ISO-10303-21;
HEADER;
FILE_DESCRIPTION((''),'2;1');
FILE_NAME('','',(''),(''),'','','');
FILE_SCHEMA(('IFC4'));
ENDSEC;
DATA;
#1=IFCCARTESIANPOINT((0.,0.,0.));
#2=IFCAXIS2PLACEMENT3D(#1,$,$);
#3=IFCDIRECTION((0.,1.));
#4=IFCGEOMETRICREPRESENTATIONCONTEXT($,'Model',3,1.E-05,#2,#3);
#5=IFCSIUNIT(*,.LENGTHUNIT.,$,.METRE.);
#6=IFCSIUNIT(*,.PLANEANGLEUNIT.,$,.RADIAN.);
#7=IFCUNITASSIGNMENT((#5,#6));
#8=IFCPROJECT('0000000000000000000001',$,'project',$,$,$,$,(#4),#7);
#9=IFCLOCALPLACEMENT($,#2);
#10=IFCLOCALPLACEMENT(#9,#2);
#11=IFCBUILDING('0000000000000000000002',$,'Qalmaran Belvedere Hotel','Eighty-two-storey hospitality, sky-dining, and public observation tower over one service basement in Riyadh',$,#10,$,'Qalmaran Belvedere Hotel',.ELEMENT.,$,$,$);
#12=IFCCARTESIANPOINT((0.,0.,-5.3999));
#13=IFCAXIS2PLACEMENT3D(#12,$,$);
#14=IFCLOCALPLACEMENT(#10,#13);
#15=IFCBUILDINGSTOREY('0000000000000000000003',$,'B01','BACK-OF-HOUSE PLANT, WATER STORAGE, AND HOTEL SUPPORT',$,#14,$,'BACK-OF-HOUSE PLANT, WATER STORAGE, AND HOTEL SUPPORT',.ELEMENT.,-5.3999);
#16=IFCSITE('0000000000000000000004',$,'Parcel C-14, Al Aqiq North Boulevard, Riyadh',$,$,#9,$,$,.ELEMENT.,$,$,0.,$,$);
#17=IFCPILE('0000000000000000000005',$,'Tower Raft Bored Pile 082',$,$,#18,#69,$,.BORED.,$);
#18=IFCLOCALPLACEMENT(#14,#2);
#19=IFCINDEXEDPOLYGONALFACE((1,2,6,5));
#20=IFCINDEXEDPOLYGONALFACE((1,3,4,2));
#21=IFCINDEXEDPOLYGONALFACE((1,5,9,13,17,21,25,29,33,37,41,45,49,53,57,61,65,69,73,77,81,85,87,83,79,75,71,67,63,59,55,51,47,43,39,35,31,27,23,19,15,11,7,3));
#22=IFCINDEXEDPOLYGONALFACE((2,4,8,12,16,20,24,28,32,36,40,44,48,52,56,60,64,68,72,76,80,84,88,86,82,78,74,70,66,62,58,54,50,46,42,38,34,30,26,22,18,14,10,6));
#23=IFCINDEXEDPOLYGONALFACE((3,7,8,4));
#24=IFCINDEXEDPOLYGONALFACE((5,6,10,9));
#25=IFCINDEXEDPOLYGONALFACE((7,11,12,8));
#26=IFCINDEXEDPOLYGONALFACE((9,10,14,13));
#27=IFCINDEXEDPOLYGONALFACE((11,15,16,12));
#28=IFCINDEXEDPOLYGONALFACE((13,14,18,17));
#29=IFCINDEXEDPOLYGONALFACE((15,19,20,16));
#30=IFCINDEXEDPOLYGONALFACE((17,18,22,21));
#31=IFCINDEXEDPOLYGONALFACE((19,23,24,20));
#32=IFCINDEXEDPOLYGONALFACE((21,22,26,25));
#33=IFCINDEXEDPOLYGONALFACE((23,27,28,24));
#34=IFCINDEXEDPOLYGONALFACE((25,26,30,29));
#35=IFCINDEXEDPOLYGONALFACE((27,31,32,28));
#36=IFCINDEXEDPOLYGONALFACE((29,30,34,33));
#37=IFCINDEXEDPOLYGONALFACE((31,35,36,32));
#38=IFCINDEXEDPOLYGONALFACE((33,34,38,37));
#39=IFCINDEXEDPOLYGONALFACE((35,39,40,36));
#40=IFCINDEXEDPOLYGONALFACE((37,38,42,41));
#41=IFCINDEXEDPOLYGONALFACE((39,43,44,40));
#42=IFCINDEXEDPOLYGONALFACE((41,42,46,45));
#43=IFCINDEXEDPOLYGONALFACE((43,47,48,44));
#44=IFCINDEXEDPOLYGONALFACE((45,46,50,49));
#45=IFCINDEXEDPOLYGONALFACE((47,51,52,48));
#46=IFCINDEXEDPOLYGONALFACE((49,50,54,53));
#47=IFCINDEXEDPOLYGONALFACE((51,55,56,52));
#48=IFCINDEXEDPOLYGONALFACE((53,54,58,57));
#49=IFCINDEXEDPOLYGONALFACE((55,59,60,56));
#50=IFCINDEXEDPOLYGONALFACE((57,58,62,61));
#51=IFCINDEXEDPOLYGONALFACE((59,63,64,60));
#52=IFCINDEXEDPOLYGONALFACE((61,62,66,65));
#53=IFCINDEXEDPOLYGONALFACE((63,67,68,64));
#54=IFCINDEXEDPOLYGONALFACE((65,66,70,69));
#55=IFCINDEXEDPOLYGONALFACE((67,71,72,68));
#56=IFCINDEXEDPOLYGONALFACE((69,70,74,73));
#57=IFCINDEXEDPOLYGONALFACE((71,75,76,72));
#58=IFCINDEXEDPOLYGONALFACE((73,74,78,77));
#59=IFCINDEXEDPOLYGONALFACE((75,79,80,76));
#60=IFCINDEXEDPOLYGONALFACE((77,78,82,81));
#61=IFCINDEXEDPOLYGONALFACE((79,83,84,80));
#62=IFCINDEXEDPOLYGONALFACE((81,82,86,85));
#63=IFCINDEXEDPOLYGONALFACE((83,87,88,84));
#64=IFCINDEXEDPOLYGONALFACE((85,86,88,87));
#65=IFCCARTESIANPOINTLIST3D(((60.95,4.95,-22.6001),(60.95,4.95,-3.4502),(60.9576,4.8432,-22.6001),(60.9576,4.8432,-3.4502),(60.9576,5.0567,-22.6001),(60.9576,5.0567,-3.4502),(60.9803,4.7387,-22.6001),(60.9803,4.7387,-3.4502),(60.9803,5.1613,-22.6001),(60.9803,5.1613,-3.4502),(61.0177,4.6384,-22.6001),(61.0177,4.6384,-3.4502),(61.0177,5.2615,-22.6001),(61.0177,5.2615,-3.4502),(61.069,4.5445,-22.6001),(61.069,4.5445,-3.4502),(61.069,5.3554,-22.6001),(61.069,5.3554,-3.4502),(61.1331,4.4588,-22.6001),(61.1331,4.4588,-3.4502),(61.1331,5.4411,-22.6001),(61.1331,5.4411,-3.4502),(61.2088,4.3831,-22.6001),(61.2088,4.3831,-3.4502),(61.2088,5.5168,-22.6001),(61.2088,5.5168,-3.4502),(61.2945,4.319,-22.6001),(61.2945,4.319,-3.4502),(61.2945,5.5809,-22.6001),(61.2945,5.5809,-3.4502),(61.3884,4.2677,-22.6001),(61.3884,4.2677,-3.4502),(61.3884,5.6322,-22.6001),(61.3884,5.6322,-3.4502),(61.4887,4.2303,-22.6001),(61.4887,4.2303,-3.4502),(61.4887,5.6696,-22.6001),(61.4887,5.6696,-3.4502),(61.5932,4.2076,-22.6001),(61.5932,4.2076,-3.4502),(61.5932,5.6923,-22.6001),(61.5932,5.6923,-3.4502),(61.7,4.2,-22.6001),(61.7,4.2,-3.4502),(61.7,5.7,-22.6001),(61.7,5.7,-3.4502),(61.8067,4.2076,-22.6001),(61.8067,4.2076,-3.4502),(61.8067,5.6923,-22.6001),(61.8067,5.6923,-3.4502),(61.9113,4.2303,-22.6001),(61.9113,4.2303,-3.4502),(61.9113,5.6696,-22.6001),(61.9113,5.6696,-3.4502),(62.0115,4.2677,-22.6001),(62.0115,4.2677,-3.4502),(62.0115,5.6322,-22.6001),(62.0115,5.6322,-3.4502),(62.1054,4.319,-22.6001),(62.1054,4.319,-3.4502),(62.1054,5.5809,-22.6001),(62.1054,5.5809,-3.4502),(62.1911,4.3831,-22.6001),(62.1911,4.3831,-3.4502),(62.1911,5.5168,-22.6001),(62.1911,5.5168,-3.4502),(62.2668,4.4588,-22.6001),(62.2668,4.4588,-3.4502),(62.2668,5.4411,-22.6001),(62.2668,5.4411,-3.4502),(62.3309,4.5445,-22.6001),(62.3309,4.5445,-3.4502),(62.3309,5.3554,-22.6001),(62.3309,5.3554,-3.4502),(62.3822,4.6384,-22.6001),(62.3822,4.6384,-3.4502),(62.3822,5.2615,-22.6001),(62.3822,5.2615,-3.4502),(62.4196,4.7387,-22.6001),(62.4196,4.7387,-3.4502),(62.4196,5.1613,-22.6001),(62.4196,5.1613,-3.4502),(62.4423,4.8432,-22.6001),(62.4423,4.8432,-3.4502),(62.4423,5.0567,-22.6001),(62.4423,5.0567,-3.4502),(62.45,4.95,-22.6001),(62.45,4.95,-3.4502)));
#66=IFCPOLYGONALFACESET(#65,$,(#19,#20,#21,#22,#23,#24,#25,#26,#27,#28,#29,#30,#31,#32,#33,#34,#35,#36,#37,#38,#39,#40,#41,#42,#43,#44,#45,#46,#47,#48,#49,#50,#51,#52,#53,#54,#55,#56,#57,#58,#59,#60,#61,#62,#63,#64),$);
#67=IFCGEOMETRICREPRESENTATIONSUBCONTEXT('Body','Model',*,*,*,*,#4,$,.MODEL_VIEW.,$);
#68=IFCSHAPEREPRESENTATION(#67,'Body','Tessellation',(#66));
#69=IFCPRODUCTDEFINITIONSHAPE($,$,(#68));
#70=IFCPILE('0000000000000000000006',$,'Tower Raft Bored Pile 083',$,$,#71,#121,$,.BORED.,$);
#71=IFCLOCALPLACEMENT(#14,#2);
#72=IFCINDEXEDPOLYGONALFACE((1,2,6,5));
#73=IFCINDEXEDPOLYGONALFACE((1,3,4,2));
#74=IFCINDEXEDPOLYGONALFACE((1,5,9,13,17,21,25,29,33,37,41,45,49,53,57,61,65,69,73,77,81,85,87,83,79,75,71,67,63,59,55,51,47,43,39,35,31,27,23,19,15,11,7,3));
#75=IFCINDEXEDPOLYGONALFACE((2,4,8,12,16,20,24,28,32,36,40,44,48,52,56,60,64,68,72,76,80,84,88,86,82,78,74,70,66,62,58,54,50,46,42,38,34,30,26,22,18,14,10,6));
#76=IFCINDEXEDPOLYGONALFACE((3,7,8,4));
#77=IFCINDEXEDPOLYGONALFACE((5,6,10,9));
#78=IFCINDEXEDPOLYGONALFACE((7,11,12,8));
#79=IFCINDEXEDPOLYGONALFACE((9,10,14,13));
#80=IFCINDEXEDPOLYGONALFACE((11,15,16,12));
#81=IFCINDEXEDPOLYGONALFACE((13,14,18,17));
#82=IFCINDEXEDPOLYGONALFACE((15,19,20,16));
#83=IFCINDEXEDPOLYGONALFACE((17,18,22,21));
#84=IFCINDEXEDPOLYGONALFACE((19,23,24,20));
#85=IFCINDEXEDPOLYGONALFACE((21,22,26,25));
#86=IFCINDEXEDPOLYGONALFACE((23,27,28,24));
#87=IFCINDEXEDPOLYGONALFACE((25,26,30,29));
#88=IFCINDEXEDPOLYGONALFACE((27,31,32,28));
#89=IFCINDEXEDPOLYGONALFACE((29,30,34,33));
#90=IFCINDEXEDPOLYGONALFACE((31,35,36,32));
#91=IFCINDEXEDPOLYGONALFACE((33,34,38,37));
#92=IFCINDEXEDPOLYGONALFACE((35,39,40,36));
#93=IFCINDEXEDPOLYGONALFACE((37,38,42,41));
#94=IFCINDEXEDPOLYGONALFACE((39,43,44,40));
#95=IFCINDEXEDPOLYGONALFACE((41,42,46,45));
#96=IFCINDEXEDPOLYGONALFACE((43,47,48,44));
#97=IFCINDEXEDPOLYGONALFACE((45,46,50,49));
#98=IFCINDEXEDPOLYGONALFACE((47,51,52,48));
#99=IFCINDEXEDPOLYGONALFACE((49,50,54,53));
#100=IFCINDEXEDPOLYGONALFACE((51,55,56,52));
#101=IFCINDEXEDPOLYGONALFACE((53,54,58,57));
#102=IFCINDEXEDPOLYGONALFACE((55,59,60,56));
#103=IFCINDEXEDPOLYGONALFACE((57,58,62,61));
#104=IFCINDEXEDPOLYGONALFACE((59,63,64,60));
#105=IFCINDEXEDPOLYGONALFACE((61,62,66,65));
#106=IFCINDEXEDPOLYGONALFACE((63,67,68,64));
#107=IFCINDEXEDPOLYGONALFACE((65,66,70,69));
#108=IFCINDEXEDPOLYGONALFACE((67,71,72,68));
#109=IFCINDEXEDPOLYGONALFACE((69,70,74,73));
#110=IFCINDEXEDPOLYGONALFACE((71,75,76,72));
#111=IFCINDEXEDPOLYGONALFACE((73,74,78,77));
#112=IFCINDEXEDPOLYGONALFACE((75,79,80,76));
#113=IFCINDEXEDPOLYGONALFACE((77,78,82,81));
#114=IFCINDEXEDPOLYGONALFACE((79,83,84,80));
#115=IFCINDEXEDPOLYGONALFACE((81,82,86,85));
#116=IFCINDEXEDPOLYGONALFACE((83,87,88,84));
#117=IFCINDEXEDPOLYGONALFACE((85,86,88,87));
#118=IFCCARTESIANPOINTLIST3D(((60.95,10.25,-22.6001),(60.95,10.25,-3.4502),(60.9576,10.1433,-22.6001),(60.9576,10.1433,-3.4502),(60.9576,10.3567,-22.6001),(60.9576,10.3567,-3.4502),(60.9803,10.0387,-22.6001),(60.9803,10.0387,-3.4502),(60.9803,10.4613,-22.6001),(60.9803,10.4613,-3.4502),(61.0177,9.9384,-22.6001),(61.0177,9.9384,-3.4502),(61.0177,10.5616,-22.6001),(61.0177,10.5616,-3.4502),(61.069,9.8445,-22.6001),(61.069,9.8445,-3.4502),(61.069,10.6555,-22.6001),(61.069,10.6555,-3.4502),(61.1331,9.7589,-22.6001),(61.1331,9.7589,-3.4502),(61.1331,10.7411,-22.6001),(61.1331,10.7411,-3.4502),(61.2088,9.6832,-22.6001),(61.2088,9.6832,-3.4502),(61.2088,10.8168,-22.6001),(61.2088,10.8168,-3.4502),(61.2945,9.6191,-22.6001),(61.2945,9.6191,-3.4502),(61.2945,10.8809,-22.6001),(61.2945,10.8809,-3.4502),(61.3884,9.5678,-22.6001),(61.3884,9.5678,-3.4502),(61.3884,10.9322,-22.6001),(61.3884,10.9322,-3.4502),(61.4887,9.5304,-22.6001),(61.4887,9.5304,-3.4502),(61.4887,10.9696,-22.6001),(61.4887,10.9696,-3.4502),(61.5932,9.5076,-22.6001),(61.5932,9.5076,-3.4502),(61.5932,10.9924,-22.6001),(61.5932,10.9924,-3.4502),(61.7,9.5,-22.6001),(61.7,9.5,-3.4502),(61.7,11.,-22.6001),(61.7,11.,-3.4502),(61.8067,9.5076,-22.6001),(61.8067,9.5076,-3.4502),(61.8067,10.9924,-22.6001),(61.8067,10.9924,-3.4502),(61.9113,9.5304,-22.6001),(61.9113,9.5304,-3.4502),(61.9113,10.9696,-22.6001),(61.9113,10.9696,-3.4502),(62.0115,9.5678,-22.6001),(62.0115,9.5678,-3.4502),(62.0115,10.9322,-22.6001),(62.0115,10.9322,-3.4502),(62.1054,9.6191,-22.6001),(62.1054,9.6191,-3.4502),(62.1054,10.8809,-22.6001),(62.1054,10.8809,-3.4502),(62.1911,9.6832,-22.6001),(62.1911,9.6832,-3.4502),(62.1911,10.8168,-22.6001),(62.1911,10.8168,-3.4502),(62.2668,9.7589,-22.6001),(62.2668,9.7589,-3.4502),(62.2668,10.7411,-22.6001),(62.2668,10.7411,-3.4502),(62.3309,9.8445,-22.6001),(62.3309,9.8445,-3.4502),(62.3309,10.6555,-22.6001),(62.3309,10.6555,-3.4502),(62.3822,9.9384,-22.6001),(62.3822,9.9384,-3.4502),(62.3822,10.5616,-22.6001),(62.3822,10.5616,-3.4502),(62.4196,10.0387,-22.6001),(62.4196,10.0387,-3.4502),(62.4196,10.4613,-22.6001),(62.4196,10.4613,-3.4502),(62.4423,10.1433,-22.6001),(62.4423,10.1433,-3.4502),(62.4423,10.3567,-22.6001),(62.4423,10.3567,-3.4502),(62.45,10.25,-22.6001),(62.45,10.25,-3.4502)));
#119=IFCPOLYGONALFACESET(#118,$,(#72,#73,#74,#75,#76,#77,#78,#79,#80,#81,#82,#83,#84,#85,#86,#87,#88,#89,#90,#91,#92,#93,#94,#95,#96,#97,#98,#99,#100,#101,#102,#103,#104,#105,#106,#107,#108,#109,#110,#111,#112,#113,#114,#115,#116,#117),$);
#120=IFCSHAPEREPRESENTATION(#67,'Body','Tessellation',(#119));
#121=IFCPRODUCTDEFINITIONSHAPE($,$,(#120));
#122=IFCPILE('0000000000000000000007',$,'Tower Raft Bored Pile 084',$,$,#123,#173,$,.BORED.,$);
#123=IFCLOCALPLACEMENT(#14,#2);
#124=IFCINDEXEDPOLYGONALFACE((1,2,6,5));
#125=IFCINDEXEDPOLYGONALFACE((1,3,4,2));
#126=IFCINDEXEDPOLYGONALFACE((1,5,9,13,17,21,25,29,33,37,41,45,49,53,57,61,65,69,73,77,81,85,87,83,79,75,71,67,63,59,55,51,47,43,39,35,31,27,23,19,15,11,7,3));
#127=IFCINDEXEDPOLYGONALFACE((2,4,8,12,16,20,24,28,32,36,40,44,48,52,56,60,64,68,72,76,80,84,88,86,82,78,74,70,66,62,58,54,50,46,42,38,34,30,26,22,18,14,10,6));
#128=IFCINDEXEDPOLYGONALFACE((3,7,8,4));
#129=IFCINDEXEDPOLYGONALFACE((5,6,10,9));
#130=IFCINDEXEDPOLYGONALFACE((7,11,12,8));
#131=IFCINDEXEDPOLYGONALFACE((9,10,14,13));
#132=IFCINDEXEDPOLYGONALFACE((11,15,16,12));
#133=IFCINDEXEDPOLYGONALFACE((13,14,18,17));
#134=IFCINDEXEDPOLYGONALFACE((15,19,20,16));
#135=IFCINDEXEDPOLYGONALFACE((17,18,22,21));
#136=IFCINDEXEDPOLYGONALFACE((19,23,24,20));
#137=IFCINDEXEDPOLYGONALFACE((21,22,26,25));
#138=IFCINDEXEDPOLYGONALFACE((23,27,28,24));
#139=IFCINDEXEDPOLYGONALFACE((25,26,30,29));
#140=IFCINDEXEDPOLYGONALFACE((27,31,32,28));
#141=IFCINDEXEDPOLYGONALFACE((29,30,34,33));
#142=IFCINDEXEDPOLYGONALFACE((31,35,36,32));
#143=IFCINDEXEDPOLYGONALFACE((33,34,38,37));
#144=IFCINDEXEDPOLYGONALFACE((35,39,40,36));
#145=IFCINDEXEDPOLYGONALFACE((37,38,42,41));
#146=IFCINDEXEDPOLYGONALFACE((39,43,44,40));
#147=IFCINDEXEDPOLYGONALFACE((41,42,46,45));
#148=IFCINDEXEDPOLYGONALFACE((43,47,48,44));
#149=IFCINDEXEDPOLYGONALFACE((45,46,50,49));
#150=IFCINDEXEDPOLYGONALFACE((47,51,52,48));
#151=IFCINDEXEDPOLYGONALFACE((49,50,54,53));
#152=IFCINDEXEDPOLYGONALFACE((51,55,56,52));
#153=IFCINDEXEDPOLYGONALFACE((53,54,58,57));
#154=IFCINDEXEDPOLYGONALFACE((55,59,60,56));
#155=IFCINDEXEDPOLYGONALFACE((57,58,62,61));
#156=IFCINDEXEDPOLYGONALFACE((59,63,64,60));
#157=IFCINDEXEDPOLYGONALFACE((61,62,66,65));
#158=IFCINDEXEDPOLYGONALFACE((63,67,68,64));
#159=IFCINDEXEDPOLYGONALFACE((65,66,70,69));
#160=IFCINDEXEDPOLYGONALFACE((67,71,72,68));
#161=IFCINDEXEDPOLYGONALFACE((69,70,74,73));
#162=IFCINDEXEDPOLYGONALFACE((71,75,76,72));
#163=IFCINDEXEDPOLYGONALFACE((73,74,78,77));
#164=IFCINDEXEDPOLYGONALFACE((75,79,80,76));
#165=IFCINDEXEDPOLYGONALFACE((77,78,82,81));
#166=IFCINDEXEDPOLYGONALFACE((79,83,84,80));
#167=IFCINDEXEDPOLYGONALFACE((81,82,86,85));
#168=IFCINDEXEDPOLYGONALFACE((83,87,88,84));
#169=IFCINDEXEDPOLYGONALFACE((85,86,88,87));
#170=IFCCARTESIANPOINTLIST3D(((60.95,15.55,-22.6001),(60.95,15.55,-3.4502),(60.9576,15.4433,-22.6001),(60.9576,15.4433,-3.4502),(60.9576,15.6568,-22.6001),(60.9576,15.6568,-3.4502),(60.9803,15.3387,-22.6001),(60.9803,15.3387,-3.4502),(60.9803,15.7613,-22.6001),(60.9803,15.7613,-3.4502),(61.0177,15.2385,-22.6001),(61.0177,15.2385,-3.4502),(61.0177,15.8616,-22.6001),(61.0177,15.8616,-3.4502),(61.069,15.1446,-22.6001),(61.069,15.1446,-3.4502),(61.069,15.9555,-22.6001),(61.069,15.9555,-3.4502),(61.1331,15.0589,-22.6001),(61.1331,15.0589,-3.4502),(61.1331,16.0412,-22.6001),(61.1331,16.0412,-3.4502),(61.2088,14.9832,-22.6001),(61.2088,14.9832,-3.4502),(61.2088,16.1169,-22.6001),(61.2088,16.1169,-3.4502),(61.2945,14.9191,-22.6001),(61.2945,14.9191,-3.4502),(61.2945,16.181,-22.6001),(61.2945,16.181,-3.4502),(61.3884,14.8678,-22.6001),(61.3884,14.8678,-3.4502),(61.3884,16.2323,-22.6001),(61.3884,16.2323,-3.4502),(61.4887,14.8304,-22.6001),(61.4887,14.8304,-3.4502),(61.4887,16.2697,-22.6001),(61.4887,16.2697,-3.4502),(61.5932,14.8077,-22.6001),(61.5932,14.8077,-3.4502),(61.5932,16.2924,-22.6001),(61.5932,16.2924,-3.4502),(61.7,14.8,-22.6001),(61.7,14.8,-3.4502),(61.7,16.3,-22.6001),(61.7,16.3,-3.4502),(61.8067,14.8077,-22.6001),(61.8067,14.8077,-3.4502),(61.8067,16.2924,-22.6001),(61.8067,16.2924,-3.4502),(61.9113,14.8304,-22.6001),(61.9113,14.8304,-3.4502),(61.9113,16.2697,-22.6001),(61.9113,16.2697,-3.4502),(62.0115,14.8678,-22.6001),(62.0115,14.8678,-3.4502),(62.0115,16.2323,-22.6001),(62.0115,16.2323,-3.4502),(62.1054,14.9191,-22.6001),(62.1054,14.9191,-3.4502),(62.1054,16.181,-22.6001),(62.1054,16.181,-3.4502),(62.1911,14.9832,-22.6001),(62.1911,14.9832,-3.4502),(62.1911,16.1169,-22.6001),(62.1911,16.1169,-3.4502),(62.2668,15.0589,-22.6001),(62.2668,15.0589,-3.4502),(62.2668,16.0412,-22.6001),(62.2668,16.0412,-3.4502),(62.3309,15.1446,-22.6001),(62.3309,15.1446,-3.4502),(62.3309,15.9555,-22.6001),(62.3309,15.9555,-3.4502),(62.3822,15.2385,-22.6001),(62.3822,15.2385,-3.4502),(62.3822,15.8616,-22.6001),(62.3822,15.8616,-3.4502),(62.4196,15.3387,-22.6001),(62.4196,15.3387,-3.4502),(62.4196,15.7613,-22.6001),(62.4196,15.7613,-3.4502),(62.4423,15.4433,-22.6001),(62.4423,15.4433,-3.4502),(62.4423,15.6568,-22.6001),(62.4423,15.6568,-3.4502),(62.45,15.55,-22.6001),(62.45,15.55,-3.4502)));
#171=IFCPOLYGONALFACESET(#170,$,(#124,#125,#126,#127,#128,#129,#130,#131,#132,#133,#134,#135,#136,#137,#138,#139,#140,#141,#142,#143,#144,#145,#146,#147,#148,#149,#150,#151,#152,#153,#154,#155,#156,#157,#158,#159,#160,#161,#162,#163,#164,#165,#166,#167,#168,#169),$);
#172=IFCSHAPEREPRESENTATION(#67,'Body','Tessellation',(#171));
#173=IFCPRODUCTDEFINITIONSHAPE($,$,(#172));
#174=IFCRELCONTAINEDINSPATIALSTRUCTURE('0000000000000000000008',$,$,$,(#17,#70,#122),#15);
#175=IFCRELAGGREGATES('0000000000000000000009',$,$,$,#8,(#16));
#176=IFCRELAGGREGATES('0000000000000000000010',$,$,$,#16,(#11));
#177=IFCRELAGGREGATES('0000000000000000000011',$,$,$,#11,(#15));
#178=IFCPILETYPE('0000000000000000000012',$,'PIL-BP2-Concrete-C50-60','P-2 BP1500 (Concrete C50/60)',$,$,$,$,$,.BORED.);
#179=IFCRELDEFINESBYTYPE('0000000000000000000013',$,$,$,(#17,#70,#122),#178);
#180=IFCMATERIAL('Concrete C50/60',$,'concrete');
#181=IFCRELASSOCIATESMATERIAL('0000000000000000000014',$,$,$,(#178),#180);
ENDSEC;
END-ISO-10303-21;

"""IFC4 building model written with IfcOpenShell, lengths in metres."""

from ifc_helpers import new_model, si_unit, direction, frame, origin, origin_2d, place, context, subcontext, project, spatial, circle, extrude, material, material_profile, profile_set, type_object, element, save


model = new_model("IFC4")

# Units and contexts
model_context = context("Model", 3, precision=1e-05, world=origin(), true_north=direction((0.0, 1.0)))
body_context = subcontext(model_context, "Body", "Model", "MODEL_VIEW")
ifc_project = project(units=[si_unit("LENGTHUNIT", "METRE"), si_unit("PLANEANGLEUNIT", "RADIAN")], contexts=[model_context])

# Site, building, storey
site_placement = place(None, origin())
site = spatial("IfcSite", under=ifc_project, at=site_placement, Name="Parcel C-14, Al Aqiq North Boulevard, Riyadh", CompositionType="ELEMENT", RefElevation=0.0)
building_placement = place(site_placement, origin())
building = spatial("IfcBuilding", under=site, at=building_placement, Name="Qalmaran Belvedere Hotel", Description="Eighty-two-storey hospitality, sky-dining, and public observation tower over one service basement in Riyadh", LongName="Qalmaran Belvedere Hotel", CompositionType="ELEMENT")
storey_placement = place(building_placement, frame((0.0, 0.0, -5.3999)))
storey = spatial("IfcBuildingStorey", under=building, at=storey_placement, Name="B01", Description="BACK-OF-HOUSE PLANT, WATER STORAGE, AND HOTEL SUPPORT", LongName="BACK-OF-HOUSE PLANT, WATER STORAGE, AND HOTEL SUPPORT", CompositionType="ELEMENT", Elevation=-5.3999)

# Shared definitions
ifc_material_1 = material(Name="Concrete C50/60", Category="concrete")

# Piles
ifc_material_profile_1 = material_profile(ifc_material_1, circle(Radius=0.75, at=origin_2d()), Name="BP1500")
ifc_profile_set_1 = profile_set([ifc_material_profile_1], Name="Concrete C50/60")
pile_type_1 = type_object("IfcPileType", Name="PIL-BP2-Concrete-C50-60", Description="P-2 BP1500 (Concrete C50/60)", PredefinedType="BORED", material=ifc_profile_set_1)
for number, where, z_axis, x_axis, name in (
    (1, (61.7, 4.95, -3.4502), (0.0, 0.0, -1.0), (1.0, 0.0, 0.0), "Tower Raft Bored Pile 082"),
    (2, (61.7, 10.25, -3.4502), (0.0, 0.0, -1.0), (1.0, 0.0, 0.0), "Tower Raft Bored Pile 083"),
    (3, (61.7, 15.55, -3.4502), (0.0, 0.0, -1.0), (1.0, 0.0, 0.0), "Tower Raft Bored Pile 084"),
):
    element("IfcPile", number, at=place(storey_placement, frame(where, z_axis=z_axis, x_axis=x_axis)), inside=storey, type_object=pile_type_1, Name=name, PredefinedType="BORED", context=body_context, shape_type="SweptSolid", body=[
        extrude(circle(Radius=0.75, at=origin_2d()), origin(), (0.0, 0.0, 1.0), 19.1499),
    ])

save(model, "model.ifc")
